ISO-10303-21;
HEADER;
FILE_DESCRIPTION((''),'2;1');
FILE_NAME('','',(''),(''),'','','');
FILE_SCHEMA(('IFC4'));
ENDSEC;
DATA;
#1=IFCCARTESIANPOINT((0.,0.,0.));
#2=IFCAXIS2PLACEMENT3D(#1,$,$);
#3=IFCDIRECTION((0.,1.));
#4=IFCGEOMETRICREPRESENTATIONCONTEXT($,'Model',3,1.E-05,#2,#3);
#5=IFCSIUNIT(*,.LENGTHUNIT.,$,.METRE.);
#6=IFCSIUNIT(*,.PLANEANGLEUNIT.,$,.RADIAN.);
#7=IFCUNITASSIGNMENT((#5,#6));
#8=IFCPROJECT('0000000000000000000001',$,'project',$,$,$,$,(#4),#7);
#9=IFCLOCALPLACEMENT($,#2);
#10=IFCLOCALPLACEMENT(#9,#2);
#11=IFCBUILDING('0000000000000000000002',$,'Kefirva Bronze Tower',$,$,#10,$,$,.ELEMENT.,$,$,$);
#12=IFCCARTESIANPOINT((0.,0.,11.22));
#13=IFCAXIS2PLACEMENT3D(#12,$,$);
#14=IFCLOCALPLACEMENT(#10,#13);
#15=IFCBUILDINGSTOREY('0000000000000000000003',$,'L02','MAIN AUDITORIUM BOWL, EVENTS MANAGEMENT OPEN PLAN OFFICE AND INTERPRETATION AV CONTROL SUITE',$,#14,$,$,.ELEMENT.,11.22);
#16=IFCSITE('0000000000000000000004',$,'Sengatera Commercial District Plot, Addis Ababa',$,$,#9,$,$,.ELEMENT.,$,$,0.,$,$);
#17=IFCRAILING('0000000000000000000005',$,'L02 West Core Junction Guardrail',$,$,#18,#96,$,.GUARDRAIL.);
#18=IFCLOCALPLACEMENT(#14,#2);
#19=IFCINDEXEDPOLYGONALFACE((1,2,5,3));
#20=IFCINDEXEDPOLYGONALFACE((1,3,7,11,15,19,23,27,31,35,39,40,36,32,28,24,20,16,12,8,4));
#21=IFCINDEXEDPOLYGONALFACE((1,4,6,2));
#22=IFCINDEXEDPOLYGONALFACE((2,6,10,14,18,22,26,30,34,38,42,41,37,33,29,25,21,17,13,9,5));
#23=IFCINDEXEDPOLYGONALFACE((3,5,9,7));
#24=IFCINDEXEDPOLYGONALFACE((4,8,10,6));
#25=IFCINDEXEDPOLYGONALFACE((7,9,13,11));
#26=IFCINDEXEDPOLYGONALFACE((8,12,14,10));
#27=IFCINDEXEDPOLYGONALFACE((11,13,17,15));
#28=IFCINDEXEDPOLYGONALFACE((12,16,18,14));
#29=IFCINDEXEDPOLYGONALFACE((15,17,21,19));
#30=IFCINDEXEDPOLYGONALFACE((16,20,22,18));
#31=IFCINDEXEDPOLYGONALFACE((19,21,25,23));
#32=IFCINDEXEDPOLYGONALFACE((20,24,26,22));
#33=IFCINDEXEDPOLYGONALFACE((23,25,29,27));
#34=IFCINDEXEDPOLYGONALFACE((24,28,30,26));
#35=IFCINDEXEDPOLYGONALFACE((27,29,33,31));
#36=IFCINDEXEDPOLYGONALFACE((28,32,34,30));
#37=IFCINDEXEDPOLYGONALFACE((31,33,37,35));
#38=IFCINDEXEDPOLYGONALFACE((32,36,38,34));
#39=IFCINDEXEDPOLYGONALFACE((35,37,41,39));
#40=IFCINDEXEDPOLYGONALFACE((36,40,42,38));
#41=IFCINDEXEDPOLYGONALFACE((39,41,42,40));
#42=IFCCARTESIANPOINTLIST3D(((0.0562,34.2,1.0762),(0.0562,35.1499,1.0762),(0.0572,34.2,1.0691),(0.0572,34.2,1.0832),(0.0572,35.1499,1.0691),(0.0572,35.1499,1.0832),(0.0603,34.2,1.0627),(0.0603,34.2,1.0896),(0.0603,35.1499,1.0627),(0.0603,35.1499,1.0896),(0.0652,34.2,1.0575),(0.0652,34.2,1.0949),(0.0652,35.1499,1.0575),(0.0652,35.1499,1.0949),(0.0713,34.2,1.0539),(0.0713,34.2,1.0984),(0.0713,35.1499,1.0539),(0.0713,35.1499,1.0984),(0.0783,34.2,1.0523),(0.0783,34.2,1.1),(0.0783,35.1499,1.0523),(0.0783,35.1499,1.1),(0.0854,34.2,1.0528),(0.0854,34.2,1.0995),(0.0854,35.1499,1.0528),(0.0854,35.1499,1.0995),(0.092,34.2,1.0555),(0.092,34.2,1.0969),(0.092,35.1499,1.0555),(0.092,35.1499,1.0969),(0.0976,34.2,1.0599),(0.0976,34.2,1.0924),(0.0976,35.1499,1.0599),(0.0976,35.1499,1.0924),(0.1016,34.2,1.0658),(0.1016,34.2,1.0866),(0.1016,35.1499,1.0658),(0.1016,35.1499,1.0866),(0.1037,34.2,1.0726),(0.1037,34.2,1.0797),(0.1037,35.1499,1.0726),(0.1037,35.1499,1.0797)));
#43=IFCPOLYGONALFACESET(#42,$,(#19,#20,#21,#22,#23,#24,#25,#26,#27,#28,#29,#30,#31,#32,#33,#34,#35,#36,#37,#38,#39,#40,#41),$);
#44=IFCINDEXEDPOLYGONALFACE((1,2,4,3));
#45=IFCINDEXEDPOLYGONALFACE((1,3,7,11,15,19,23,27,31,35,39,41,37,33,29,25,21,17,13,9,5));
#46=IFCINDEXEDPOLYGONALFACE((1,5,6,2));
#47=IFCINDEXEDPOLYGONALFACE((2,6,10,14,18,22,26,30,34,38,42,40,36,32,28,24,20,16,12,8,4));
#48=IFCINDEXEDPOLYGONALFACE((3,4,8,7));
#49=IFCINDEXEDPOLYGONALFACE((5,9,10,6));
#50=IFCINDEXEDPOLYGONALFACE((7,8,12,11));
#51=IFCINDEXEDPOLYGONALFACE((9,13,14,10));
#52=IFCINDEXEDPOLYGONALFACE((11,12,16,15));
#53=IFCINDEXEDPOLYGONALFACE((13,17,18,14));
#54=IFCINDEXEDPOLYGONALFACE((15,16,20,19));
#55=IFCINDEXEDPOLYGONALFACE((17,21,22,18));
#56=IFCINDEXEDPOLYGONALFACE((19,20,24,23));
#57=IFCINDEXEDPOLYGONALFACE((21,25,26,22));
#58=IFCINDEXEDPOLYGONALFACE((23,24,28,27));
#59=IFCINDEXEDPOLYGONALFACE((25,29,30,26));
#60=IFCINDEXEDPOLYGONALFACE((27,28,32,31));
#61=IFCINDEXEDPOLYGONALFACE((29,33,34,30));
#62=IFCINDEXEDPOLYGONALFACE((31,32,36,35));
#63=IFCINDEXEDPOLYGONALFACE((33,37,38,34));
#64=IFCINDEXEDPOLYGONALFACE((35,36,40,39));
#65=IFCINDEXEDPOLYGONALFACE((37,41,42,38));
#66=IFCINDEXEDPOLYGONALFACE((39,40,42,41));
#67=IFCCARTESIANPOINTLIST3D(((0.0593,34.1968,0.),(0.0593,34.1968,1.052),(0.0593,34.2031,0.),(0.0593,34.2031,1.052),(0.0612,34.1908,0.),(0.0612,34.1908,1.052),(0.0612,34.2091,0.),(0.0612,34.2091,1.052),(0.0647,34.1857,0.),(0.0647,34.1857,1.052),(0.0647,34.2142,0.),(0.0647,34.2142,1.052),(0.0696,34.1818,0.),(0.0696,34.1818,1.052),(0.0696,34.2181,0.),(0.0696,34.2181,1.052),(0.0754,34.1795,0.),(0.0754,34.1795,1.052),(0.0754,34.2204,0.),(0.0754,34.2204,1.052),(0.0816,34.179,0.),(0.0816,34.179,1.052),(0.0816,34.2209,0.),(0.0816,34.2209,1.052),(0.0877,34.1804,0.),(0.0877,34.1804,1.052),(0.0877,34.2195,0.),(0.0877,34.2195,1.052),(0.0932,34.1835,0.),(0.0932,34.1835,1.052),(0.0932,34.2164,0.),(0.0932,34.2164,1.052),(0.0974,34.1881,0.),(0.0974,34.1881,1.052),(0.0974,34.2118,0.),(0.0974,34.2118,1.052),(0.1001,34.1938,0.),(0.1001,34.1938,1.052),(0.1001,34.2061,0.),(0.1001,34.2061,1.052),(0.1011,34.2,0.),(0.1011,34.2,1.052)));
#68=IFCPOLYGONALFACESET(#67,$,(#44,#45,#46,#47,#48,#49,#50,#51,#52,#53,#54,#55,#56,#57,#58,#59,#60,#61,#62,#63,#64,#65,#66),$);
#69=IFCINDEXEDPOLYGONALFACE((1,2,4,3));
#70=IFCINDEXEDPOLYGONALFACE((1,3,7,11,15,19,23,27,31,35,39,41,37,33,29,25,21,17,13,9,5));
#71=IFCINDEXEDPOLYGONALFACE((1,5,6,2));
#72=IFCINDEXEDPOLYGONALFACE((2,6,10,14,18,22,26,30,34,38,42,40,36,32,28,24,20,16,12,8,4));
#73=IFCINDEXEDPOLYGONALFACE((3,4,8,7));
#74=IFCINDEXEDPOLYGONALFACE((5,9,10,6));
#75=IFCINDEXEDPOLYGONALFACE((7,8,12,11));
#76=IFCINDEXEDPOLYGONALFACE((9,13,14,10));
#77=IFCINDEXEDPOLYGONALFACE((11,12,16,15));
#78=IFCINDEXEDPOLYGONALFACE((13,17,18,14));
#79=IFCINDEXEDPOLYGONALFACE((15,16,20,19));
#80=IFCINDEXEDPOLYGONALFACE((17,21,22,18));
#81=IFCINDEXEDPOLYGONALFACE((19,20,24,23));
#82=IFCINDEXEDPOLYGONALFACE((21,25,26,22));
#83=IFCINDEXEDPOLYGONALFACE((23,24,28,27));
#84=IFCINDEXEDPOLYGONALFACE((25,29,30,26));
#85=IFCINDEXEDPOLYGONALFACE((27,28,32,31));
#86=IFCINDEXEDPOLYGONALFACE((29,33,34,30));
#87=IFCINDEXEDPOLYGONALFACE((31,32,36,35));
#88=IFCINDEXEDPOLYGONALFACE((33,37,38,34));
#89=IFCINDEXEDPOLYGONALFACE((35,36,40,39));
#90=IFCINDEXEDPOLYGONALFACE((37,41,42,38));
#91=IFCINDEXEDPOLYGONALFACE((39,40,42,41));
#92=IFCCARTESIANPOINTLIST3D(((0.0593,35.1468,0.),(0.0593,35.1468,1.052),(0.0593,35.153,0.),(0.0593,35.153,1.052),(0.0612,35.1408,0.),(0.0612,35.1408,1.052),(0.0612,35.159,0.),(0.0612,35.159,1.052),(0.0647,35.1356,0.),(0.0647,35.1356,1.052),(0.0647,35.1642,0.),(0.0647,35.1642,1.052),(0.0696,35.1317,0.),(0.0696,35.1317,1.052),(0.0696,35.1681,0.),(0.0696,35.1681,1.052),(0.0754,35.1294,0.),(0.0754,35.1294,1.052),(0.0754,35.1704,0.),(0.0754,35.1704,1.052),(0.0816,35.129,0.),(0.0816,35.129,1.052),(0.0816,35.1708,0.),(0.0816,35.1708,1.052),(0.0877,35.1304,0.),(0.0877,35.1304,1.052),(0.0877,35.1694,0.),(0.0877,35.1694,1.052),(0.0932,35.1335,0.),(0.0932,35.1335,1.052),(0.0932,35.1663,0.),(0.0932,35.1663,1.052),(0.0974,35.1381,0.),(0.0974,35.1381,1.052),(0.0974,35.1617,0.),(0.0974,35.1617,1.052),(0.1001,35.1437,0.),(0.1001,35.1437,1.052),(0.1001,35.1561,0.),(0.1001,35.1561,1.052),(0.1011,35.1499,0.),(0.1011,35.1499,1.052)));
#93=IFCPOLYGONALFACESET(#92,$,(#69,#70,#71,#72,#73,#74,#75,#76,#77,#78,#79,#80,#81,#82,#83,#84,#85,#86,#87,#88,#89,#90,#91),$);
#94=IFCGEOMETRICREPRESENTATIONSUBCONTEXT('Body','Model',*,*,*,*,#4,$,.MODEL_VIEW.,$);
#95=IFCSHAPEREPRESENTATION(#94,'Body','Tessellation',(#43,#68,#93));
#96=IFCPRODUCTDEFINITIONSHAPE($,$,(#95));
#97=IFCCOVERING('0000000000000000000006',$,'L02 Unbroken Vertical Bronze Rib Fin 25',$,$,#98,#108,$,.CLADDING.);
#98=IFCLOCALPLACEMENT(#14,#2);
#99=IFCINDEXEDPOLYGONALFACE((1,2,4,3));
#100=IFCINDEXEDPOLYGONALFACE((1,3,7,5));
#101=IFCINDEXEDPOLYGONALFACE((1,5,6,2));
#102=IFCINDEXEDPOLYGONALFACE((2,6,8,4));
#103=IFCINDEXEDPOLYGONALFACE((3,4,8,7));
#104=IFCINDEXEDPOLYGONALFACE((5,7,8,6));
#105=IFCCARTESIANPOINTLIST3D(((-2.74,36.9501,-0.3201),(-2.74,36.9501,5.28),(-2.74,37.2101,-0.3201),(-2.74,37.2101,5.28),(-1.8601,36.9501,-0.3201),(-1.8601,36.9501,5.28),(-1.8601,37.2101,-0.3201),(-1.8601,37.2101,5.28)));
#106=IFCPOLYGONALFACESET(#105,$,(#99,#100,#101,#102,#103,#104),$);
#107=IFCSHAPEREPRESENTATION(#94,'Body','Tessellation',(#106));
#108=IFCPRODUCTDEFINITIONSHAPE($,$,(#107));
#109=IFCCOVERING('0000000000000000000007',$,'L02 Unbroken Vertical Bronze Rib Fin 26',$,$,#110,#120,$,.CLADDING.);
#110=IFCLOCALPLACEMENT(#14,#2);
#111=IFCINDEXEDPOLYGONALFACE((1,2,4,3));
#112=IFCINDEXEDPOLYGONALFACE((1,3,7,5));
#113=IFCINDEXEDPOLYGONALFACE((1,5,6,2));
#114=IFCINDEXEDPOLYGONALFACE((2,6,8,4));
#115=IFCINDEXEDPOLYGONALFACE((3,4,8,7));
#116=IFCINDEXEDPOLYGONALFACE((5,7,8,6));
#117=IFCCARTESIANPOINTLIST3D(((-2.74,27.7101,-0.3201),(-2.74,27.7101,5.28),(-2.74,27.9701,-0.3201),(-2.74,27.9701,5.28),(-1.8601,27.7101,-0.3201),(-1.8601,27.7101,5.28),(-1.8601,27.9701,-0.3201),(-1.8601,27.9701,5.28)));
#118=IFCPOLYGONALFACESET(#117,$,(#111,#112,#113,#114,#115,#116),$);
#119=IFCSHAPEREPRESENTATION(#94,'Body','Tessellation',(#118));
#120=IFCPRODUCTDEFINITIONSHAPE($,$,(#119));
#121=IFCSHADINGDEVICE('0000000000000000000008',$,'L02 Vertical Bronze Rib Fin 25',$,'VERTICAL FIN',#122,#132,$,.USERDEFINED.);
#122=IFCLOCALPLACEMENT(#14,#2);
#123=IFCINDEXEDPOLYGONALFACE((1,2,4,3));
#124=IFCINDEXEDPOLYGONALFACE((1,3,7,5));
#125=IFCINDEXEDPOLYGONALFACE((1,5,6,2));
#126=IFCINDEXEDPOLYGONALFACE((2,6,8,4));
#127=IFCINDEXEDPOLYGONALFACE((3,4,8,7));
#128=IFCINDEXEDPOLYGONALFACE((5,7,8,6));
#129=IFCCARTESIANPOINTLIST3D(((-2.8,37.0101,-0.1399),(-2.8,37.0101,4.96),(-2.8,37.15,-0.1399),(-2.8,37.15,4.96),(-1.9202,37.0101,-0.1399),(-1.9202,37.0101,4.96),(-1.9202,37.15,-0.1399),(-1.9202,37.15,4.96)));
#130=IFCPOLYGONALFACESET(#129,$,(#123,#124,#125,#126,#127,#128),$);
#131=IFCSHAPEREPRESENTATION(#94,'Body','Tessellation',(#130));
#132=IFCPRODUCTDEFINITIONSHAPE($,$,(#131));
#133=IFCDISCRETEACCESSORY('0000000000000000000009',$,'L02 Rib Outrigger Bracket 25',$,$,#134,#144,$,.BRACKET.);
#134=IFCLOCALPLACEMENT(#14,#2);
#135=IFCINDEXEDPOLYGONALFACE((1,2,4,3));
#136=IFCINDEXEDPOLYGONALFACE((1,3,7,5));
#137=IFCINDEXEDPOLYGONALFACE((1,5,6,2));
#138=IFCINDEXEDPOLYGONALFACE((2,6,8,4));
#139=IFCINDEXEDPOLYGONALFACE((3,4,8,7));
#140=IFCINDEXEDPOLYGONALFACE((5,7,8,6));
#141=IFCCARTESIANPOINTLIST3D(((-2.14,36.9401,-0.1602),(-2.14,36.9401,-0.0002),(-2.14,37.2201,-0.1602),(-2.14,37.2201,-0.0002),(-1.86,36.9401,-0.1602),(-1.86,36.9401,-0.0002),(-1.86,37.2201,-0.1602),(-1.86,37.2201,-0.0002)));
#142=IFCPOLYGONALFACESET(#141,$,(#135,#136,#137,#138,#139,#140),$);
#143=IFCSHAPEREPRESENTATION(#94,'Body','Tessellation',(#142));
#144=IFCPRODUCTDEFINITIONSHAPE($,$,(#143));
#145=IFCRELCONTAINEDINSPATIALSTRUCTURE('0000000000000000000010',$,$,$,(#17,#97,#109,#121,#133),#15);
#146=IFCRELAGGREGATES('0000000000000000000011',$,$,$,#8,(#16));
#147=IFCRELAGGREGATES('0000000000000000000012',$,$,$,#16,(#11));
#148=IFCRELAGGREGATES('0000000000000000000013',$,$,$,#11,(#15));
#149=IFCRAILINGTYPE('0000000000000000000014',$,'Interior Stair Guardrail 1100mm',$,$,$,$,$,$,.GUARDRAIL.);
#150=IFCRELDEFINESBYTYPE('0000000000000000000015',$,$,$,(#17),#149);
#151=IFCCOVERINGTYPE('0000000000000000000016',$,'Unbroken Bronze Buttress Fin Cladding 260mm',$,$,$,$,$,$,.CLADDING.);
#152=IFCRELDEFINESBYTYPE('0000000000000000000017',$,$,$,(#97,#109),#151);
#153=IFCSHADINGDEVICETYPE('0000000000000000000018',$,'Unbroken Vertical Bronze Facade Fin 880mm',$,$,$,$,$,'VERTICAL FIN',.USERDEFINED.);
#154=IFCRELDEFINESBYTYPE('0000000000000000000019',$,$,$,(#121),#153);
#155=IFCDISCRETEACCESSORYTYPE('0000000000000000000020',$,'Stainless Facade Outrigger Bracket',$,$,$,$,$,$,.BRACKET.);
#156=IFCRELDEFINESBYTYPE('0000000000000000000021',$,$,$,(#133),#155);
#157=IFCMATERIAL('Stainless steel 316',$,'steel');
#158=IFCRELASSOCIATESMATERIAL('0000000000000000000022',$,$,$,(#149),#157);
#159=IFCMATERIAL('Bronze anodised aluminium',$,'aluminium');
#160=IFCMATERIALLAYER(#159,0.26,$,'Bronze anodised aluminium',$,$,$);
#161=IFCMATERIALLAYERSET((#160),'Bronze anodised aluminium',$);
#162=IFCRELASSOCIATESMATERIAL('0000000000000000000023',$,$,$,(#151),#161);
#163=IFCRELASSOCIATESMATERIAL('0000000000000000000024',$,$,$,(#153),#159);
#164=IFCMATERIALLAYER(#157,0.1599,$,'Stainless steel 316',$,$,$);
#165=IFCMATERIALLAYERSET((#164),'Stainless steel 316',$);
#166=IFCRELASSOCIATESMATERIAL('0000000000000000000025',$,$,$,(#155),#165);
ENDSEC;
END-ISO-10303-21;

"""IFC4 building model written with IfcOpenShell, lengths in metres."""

from ifc_helpers import new_model, si_unit, direction, frame, origin, origin_2d, place, context, subcontext, project, spatial, rectangle, circle, extrude, material, layer, layer_set, material_profile, profile_set, type_object, element, save


model = new_model("IFC4")

# Units and contexts
model_context = context("Model", 3, precision=1e-05, world=origin(), true_north=direction((0.0, 1.0)))
body_context = subcontext(model_context, "Body", "Model", "MODEL_VIEW")
ifc_project = project(units=[si_unit("LENGTHUNIT", "METRE"), si_unit("PLANEANGLEUNIT", "RADIAN")], contexts=[model_context])

# Site, building, storey
site_placement = place(None, origin())
site = spatial("IfcSite", under=ifc_project, at=site_placement, Name="Sengatera Commercial District Plot, Addis Ababa", CompositionType="ELEMENT", RefElevation=0.0)
building_placement = place(site_placement, origin())
building = spatial("IfcBuilding", under=site, at=building_placement, Name="Kefirva Bronze Tower", CompositionType="ELEMENT")
storey_placement = place(building_placement, frame((0.0, 0.0, 11.22)))
storey = spatial("IfcBuildingStorey", under=building, at=storey_placement, Name="L02", Description="MAIN AUDITORIUM BOWL, EVENTS MANAGEMENT OPEN PLAN OFFICE AND INTERPRETATION AV CONTROL SUITE", CompositionType="ELEMENT", Elevation=11.22)

# Shared definitions
ifc_material_1 = material(Name="Bronze anodised aluminium", Category="aluminium")

# Railing
ifc_material_2 = material(Name="Stainless steel 316", Category="steel")
railing_type = type_object("IfcRailingType", Name="Interior Stair Guardrail 1100mm", PredefinedType="GUARDRAIL", material=ifc_material_2)
railing_placement = place(storey_placement, frame((0.0801, 34.2, 0.0)))
element("IfcRailing", 1, at=railing_placement, inside=storey, type_object=railing_type, Name="L02 West Core Junction Guardrail", PredefinedType="GUARDRAIL", context=body_context, shape_type="SweptSolid", body=[
    extrude(circle(Radius=0.0239, at=origin_2d()), frame((0.0, 0.0, 1.0762), z_axis=(0.0, 1.0, 0.0), x_axis=(-1.0, 0.0, 0.0)), (0.0, 0.0, 1.0), 0.95),
    extrude(circle(Radius=0.021, at=origin_2d()), origin(), (0.0, 0.0, 1.0), 1.052),
    extrude(circle(Radius=0.021, at=origin_2d()), frame((0.0, 0.95, 0.0)), (0.0, 0.0, 1.0), 1.052),
])

# Coverings
ifc_layer_1 = layer(ifc_material_1, 0.26, Name="Bronze anodised aluminium")
ifc_layer_set_1 = layer_set([ifc_layer_1], Name="Bronze anodised aluminium")
covering_type = type_object("IfcCoveringType", Name="Unbroken Bronze Buttress Fin Cladding 260mm", PredefinedType="CLADDING", material=ifc_layer_set_1)
for number, where, z_axis, x_axis, name in (
    (2, (-2.3, 37.0801, -0.3201), (0.0, 0.0, 1.0), (0.0, -1.0, 0.0), "L02 Unbroken Vertical Bronze Rib Fin 25"),
    (3, (-2.3, 27.8401, -0.3201), (0.0, 0.0, 1.0), (0.0, -1.0, 0.0), "L02 Unbroken Vertical Bronze Rib Fin 26"),
):
    element("IfcCovering", number, at=place(storey_placement, frame(where, z_axis=z_axis, x_axis=x_axis)), inside=storey, type_object=covering_type, Name=name, PredefinedType="CLADDING", context=body_context, shape_type="SweptSolid", body=[
        extrude(rectangle(XDim=0.26, YDim=0.8799, at=origin_2d()), origin(), (0.0, 0.0, 1.0), 5.6001),
    ])

# Shading device
ifc_material_profile_1 = material_profile(ifc_material_1, rectangle(XDim=0.1399, YDim=0.8799, at=origin_2d()), Name="BRONZE FIN 140x880")
ifc_profile_set_1 = profile_set([ifc_material_profile_1], Name="Bronze anodised aluminium")
shading_device_type = type_object("IfcShadingDeviceType", Name="Unbroken Vertical Bronze Facade Fin 880mm", ElementType="VERTICAL FIN", PredefinedType="USERDEFINED", material=ifc_profile_set_1)
shading_device_placement = place(storey_placement, frame((-2.3601, 37.0801, -0.1399), z_axis=(0.0, 0.0, 1.0), x_axis=(0.0, -1.0, 0.0)))
element("IfcShadingDevice", 4, at=shading_device_placement, inside=storey, type_object=shading_device_type, Name="L02 Vertical Bronze Rib Fin 25", ObjectType="VERTICAL FIN", PredefinedType="USERDEFINED", context=body_context, shape_type="SweptSolid", body=[
    extrude(rectangle(XDim=0.1399, YDim=0.8799, at=origin_2d()), origin(), (0.0, 0.0, 1.0), 5.0999),
])

# Discrete accessory
ifc_layer_2 = layer(ifc_material_2, 0.1599, Name="Stainless steel 316")
ifc_layer_set_2 = layer_set([ifc_layer_2], Name="Stainless steel 316")
discrete_accessory_type = type_object("IfcDiscreteAccessoryType", Name="Stainless Facade Outrigger Bracket", PredefinedType="BRACKET", material=ifc_layer_set_2)
discrete_accessory_placement = place(storey_placement, frame((-2.0, 37.0801, -0.1602), z_axis=(0.0, 0.0, 1.0), x_axis=(0.0, -1.0, 0.0)))
element("IfcDiscreteAccessory", 5, at=discrete_accessory_placement, inside=storey, type_object=discrete_accessory_type, Name="L02 Rib Outrigger Bracket 25", PredefinedType="BRACKET", context=body_context, shape_type="SweptSolid", body=[
    extrude(rectangle(XDim=0.28, YDim=0.28, at=origin_2d()), origin(), (0.0, 0.0, 1.0), 0.1599),
])

save(model, "model.ifc")
